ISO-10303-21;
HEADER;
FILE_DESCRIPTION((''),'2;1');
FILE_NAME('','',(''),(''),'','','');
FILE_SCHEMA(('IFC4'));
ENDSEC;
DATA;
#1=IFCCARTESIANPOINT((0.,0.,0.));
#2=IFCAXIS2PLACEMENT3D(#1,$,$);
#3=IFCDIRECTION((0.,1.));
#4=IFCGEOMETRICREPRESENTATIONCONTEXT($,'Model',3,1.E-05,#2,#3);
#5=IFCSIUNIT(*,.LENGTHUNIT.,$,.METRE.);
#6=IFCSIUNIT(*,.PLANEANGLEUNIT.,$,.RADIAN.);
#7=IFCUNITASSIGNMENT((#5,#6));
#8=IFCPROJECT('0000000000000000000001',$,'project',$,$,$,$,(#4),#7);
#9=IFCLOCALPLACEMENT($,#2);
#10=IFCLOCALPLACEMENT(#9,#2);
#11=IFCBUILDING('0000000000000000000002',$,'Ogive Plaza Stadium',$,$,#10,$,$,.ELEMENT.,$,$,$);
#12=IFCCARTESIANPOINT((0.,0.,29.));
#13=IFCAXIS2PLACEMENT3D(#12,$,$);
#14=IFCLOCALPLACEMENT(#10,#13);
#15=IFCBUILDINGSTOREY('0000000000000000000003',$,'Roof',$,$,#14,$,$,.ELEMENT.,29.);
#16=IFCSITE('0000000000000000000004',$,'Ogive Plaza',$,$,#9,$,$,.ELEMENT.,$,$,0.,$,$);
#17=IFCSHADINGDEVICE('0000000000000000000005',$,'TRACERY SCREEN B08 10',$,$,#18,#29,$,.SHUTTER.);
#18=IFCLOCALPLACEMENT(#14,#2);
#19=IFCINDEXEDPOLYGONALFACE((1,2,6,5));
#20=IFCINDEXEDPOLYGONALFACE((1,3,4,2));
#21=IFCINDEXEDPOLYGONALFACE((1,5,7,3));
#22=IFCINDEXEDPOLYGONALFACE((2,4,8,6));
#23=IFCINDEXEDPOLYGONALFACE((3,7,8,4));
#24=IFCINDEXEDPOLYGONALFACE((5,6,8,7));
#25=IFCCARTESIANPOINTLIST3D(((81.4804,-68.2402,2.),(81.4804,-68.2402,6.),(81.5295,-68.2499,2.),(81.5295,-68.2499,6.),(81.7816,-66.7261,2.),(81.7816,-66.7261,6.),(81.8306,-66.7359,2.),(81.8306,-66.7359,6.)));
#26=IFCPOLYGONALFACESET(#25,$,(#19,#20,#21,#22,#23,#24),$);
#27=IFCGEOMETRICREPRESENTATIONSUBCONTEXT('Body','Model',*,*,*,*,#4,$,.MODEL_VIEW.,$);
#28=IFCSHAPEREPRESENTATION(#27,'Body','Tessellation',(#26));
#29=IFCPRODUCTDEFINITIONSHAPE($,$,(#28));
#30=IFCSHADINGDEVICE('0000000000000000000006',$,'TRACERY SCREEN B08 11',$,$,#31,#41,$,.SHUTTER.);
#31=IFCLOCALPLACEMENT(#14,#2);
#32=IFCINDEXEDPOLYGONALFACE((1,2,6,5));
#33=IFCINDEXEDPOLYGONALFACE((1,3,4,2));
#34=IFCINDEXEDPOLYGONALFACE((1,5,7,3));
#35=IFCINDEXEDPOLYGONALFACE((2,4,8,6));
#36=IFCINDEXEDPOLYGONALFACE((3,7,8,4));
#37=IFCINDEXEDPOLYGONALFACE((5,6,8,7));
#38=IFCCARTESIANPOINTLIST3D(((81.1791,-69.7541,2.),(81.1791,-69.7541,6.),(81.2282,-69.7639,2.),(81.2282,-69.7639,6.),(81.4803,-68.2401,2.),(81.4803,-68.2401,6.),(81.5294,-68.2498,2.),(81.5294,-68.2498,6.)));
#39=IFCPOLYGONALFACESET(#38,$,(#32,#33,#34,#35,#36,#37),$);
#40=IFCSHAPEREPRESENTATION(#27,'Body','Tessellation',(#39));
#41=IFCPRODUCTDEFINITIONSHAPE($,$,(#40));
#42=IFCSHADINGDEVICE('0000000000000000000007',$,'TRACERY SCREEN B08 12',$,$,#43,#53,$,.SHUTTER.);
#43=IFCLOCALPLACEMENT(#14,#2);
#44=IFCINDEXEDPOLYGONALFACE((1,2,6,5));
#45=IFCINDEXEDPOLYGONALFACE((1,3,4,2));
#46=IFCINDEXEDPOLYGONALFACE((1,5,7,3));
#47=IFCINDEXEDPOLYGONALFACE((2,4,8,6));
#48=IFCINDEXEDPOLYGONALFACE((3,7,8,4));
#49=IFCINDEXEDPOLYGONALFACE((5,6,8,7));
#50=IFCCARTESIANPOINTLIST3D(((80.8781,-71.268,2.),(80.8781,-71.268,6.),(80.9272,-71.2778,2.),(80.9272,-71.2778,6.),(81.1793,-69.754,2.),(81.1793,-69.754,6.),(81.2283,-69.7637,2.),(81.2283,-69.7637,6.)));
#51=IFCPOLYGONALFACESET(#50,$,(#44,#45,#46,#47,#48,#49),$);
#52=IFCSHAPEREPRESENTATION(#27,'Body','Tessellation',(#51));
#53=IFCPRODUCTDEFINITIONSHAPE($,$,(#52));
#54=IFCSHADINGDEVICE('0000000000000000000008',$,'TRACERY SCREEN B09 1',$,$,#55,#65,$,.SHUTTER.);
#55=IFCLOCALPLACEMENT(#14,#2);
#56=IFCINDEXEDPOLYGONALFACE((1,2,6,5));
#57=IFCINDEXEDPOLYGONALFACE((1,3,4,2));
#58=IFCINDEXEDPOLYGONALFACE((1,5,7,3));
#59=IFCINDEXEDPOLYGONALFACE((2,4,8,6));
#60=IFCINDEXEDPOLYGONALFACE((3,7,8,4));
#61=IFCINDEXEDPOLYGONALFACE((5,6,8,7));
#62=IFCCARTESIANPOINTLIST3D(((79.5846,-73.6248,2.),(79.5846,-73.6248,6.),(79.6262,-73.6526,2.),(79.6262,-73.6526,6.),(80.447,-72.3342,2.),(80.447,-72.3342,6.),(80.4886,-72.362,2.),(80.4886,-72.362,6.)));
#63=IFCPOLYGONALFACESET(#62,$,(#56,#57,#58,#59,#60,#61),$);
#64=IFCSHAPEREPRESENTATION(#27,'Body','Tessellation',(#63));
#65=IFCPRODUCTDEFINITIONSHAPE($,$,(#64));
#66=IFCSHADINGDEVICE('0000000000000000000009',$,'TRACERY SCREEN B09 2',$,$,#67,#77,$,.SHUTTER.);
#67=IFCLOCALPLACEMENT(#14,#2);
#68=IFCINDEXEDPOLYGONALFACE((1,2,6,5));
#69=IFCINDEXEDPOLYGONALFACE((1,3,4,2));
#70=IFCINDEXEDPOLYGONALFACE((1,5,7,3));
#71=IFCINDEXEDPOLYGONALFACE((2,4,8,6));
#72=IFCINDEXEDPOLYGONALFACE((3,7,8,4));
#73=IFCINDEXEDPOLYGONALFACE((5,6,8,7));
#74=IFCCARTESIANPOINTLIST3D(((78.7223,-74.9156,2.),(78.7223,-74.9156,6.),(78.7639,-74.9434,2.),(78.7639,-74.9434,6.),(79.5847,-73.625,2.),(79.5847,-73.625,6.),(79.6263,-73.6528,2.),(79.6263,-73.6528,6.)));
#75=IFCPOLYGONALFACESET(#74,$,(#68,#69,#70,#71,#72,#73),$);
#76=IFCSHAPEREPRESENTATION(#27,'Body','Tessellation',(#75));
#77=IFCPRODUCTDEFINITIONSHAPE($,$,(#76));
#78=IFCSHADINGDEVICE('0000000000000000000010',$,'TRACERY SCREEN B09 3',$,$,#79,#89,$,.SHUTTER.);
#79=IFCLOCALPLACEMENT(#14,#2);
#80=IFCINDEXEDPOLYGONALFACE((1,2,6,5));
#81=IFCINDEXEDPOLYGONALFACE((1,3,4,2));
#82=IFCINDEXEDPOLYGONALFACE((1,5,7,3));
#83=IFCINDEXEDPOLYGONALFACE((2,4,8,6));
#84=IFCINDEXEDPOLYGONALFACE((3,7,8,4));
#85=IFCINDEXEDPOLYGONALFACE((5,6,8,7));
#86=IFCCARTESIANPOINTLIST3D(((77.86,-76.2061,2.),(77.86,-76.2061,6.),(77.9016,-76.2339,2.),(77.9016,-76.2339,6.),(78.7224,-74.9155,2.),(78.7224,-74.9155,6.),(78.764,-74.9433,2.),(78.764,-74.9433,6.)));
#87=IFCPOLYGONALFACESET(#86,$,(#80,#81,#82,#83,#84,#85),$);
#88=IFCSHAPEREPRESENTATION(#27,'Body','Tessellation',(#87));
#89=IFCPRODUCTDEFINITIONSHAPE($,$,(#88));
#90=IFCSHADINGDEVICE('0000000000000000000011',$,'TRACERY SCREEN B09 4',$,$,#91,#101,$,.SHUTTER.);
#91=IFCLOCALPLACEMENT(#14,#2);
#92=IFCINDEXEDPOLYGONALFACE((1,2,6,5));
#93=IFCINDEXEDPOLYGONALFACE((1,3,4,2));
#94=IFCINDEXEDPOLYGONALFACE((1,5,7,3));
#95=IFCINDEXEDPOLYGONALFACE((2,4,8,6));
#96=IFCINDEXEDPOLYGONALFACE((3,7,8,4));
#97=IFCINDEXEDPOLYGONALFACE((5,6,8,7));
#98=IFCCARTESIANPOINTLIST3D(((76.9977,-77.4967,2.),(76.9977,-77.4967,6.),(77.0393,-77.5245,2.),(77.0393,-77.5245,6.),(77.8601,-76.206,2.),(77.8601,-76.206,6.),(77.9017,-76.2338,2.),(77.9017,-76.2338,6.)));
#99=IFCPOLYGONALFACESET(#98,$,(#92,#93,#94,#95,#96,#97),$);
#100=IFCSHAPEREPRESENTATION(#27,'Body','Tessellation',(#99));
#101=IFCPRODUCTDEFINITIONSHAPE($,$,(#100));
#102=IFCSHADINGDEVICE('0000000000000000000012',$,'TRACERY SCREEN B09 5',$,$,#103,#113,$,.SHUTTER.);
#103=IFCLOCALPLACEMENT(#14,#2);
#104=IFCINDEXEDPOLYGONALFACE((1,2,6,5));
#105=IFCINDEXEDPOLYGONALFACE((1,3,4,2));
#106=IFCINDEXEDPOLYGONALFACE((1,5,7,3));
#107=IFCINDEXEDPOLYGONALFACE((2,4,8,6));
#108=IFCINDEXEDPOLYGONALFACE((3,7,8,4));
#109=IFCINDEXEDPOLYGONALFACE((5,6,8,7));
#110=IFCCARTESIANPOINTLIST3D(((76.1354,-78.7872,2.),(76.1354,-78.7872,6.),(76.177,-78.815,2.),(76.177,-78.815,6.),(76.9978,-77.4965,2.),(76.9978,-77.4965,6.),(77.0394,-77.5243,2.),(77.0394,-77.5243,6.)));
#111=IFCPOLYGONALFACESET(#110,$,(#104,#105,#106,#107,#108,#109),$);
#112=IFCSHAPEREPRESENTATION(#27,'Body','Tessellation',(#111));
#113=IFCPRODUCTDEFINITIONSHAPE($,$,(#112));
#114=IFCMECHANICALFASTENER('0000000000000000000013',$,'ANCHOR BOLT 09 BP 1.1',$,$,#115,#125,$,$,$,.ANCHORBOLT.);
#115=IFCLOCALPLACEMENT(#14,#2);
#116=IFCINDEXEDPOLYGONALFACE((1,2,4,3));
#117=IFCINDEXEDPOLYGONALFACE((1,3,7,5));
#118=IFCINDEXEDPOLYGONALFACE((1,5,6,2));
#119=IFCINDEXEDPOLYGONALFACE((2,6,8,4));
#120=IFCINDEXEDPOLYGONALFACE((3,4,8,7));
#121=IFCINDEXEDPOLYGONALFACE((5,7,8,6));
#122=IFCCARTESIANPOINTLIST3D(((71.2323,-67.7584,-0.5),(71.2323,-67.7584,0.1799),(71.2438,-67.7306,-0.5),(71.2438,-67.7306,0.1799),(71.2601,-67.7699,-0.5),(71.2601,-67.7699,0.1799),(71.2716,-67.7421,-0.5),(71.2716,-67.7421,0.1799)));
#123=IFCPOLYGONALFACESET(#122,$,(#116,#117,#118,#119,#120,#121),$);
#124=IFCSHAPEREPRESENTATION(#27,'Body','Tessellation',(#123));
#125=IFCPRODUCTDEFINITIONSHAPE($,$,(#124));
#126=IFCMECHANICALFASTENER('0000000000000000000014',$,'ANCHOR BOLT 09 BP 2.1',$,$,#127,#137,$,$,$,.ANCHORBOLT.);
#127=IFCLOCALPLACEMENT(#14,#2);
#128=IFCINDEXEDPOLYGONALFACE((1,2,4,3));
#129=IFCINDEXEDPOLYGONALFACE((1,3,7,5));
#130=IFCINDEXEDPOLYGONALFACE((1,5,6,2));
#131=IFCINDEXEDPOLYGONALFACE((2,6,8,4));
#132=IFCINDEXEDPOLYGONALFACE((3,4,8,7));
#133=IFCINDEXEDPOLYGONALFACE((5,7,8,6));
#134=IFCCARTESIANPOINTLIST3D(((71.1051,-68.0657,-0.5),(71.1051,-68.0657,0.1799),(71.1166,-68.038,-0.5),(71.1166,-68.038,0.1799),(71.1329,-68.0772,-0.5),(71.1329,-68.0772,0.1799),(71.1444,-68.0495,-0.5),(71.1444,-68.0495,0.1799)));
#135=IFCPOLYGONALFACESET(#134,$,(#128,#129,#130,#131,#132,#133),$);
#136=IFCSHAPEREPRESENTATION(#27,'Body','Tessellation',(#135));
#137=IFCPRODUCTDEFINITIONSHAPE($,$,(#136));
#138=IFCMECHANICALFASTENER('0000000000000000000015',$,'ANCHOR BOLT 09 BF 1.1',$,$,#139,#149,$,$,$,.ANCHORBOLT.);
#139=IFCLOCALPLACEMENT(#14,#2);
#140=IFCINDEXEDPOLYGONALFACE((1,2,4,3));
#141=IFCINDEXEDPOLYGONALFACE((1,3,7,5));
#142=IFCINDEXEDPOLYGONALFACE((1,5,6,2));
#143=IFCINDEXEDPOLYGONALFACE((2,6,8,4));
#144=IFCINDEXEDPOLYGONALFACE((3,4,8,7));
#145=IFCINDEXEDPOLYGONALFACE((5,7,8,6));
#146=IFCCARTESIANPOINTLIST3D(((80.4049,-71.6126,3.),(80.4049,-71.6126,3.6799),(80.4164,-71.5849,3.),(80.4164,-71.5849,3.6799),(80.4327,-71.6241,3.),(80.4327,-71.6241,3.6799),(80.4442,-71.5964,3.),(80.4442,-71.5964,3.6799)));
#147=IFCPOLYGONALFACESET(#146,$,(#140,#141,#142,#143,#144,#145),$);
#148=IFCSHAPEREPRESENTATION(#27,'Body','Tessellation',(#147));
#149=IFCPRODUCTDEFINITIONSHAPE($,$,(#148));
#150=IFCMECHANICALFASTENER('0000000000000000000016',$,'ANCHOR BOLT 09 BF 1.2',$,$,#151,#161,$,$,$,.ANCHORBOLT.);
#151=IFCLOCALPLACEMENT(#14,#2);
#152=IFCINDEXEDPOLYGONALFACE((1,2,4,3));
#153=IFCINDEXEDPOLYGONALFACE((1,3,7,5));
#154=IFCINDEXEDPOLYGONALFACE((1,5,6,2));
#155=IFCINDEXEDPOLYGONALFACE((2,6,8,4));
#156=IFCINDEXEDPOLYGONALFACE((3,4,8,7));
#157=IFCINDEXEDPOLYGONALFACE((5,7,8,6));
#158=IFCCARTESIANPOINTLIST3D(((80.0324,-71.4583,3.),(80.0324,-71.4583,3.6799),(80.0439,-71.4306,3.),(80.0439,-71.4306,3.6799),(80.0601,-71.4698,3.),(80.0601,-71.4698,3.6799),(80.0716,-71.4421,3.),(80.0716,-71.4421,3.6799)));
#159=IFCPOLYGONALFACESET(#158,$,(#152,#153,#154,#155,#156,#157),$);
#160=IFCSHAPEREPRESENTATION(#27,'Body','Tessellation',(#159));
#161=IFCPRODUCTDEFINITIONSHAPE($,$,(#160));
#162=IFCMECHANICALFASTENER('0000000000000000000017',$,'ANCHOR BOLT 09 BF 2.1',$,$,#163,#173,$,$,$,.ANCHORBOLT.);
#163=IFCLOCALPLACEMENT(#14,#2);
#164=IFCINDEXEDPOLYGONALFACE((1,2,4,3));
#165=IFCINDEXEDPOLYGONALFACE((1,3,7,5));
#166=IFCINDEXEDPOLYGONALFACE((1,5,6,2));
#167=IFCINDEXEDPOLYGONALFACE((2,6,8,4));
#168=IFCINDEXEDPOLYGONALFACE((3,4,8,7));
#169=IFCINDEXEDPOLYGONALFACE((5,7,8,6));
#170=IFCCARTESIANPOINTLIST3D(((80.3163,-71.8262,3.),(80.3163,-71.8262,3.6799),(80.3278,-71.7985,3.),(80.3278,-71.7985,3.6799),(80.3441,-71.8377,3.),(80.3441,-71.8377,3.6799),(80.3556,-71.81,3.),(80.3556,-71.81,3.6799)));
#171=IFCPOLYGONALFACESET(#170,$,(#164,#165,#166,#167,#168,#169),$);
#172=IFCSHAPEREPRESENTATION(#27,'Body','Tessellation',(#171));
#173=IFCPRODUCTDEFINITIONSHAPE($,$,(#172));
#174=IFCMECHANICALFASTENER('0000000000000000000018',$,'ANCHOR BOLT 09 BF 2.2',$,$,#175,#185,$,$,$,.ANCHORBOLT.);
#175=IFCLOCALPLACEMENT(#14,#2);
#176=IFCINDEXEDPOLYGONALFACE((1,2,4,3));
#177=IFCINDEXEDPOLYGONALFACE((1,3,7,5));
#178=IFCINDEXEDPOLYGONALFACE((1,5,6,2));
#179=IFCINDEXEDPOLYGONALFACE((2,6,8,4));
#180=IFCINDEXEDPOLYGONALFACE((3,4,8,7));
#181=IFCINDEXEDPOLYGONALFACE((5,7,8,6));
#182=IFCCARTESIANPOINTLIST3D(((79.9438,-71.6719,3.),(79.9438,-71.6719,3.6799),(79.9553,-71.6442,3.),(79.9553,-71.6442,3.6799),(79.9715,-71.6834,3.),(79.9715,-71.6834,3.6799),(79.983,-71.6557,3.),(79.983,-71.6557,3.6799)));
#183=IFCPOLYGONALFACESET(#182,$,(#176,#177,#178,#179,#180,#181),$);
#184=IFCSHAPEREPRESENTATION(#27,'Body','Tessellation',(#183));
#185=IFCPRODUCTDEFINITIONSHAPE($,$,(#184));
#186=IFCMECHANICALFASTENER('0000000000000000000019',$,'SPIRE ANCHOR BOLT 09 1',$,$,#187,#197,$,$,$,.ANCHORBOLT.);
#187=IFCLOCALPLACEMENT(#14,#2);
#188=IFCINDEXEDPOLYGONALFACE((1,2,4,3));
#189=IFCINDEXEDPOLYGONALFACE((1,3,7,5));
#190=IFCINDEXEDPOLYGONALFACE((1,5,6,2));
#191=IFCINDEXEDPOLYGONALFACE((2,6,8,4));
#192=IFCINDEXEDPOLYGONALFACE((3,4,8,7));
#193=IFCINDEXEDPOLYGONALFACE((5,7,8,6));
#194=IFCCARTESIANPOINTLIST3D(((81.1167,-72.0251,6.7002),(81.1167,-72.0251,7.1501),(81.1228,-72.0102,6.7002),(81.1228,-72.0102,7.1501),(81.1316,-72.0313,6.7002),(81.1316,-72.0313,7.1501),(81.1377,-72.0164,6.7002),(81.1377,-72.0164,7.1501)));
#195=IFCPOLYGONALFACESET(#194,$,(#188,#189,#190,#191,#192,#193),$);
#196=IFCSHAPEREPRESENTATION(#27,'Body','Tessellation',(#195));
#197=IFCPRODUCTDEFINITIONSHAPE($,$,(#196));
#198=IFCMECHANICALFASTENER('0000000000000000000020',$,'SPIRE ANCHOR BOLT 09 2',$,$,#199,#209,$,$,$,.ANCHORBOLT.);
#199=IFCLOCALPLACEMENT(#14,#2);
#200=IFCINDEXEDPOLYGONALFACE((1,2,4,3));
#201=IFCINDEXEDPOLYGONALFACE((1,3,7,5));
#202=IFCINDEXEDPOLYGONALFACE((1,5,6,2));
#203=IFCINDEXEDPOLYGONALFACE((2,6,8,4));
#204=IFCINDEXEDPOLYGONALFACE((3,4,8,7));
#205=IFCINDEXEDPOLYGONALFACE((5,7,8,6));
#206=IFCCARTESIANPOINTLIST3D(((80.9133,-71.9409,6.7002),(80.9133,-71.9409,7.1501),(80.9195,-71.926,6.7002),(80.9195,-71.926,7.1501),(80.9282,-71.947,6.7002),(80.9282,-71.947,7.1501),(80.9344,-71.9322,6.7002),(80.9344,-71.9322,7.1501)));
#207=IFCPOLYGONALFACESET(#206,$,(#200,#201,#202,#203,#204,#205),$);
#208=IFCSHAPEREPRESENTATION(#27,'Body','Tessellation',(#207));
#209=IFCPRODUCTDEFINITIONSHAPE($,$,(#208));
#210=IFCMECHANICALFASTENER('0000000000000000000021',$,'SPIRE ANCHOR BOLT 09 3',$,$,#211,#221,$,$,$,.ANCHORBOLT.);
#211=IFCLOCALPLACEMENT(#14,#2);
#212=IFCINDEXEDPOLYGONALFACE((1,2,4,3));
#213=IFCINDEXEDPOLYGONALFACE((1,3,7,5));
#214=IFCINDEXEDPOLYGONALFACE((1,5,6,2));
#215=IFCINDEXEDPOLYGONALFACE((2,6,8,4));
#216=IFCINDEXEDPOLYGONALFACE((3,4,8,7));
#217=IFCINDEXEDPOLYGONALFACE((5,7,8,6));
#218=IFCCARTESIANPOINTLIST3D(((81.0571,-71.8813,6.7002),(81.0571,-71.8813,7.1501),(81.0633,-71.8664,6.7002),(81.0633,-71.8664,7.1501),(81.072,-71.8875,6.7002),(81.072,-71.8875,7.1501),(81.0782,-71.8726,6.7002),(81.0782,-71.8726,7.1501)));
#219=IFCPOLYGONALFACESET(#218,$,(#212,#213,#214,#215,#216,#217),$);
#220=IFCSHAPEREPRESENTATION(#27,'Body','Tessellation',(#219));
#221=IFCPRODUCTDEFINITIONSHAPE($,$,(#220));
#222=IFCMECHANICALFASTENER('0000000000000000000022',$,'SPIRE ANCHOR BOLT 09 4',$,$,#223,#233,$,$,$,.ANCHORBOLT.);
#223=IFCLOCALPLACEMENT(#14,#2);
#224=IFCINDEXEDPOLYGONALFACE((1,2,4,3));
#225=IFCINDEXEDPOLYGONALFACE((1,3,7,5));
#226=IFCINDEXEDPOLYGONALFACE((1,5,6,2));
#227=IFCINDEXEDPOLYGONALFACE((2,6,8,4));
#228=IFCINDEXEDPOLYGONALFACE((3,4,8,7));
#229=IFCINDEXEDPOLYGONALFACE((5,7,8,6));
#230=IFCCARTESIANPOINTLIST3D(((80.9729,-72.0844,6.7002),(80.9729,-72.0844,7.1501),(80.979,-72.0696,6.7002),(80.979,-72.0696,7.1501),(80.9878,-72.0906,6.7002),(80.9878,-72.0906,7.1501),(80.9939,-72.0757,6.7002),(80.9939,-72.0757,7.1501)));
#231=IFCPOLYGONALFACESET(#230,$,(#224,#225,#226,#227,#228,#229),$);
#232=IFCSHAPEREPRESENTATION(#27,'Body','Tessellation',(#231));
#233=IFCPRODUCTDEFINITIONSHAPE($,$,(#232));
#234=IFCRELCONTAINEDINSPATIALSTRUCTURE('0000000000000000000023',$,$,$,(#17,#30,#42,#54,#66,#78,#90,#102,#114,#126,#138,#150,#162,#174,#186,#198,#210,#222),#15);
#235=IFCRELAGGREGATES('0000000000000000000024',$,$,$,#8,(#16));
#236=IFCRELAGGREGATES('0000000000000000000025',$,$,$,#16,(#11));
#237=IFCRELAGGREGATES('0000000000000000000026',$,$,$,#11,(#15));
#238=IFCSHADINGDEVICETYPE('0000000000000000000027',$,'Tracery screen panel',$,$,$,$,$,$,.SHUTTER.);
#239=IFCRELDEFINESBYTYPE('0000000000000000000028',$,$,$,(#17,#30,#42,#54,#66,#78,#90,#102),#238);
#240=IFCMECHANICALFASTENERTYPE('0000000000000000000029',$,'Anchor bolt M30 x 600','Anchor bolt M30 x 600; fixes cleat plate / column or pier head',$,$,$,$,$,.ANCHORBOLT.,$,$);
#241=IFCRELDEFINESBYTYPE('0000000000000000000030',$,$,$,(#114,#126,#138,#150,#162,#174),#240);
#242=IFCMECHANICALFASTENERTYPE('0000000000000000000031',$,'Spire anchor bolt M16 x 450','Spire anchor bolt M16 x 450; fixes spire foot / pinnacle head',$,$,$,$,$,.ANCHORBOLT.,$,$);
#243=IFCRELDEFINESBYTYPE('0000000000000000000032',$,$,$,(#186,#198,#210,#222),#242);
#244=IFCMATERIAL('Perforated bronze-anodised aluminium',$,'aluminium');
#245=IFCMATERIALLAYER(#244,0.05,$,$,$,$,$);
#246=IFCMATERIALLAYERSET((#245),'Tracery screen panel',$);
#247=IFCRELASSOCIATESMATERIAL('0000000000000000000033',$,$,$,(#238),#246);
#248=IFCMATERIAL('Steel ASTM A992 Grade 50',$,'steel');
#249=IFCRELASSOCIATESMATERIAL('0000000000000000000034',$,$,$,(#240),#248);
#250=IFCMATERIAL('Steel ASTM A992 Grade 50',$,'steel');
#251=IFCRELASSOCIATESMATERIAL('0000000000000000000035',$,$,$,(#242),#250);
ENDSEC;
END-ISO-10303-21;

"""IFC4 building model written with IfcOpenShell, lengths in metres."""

from ifc_helpers import new_model, si_unit, direction, frame, origin, origin_2d, place, context, subcontext, project, spatial, rectangle, extrude, material, layer, layer_set, type_object, element, save


model = new_model("IFC4")

# Units and contexts
model_context = context("Model", 3, precision=1e-05, world=origin(), true_north=direction((0.0, 1.0)))
body_context = subcontext(model_context, "Body", "Model", "MODEL_VIEW")
ifc_project = project(units=[si_unit("LENGTHUNIT", "METRE"), si_unit("PLANEANGLEUNIT", "RADIAN")], contexts=[model_context])

# Site, building, storey
site_placement = place(None, origin())
site = spatial("IfcSite", under=ifc_project, at=site_placement, Name="Ogive Plaza", CompositionType="ELEMENT", RefElevation=0.0)
building_placement = place(site_placement, origin())
building = spatial("IfcBuilding", under=site, at=building_placement, Name="Ogive Plaza Stadium", CompositionType="ELEMENT")
storey_placement = place(building_placement, frame((0.0, 0.0, 29.0)))
storey = spatial("IfcBuildingStorey", under=building, at=storey_placement, Name="Roof", CompositionType="ELEMENT", Elevation=29.0)

# Shading devices
ifc_material_1 = material(Name="Perforated bronze-anodised aluminium", Category="aluminium")
ifc_layer_1 = layer(ifc_material_1, 0.05)
ifc_layer_set_1 = layer_set([ifc_layer_1], Name="Tracery screen panel")
shading_device_type = type_object("IfcShadingDeviceType", Name="Tracery screen panel", PredefinedType="SHUTTER", material=ifc_layer_set_1)
for number, where, z_axis, x_axis, name in (
    (1, (81.6555, -67.488, 2.0), (0.0, 0.0, 1.0), (-0.19509, -0.980785, 0.0), "TRACERY SCREEN B08 10"),
    (2, (81.3542, -69.002, 2.0), (0.0, 0.0, 1.0), (-0.19509, -0.980785, 0.0), "TRACERY SCREEN B08 11"),
    (3, (81.0532, -70.5159, 2.0), (0.0, 0.0, 1.0), (-0.19509, -0.980785, 0.0), "TRACERY SCREEN B08 12"),
):
    element("IfcShadingDevice", number, at=place(storey_placement, frame(where, z_axis=z_axis, x_axis=x_axis)), inside=storey, type_object=shading_device_type, Name=name, PredefinedType="SHUTTER", context=body_context, shape_type="SweptSolid", body=[
        extrude(rectangle(XDim=1.5437, YDim=0.05, at=origin_2d()), origin(), (0.0, 0.0, 1.0), 4.0),
    ])
for number, where, z_axis, x_axis, name in (
    (4, (80.0366, -72.9934, 2.0), (0.0, 0.0, 1.0), (-0.55557, -0.83147, 0.0), "TRACERY SCREEN B09 1"),
    (5, (79.1743, -74.2842, 2.0), (0.0, 0.0, 1.0), (-0.55557, -0.83147, 0.0), "TRACERY SCREEN B09 2"),
    (6, (78.312, -75.5747, 2.0), (0.0, 0.0, 1.0), (-0.55557, -0.83147, 0.0), "TRACERY SCREEN B09 3"),
    (7, (77.4497, -76.8652, 2.0), (0.0, 0.0, 1.0), (-0.55557, -0.83147, 0.0), "TRACERY SCREEN B09 4"),
    (8, (76.5874, -78.1558, 2.0), (0.0, 0.0, 1.0), (-0.55557, -0.83147, 0.0), "TRACERY SCREEN B09 5"),
):
    element("IfcShadingDevice", number, at=place(storey_placement, frame(where, z_axis=z_axis, x_axis=x_axis)), inside=storey, type_object=shading_device_type, Name=name, PredefinedType="SHUTTER", context=body_context, shape_type="SweptSolid", body=[
        extrude(rectangle(XDim=1.5522, YDim=0.05, at=origin_2d()), origin(), (0.0, 0.0, 1.0), 4.0),
    ])

# Mechanical fasteners
ifc_material_2 = material(Name="Steel ASTM A992 Grade 50", Category="steel")
mechanical_fastener_type_1 = type_object("IfcMechanicalFastenerType", Name="Anchor bolt M30 x 600", Description="Anchor bolt M30 x 600; fixes cleat plate / column or pier head", PredefinedType="ANCHORBOLT", material=ifc_material_2)
for number, where, z_axis, x_axis, name in (
    (9, (71.252, -67.7502, -0.5), (0.0, 0.0, 1.0), (0.92388, -0.382683, 0.0), "ANCHOR BOLT 09 BP 1.1"),
    (10, (71.1248, -68.0576, -0.5), (0.0, 0.0, 1.0), (0.92388, -0.382683, 0.0), "ANCHOR BOLT 09 BP 2.1"),
    (11, (80.4246, -71.6045, 3.0), (0.0, 0.0, 1.0), (0.92388, -0.382683, 0.0), "ANCHOR BOLT 09 BF 1.1"),
    (12, (80.052, -71.4502, 3.0), (0.0, 0.0, 1.0), (0.92388, -0.382683, 0.0), "ANCHOR BOLT 09 BF 1.2"),
    (13, (80.3359, -71.8181, 3.0), (0.0, 0.0, 1.0), (0.92388, -0.382683, 0.0), "ANCHOR BOLT 09 BF 2.1"),
    (14, (79.9634, -71.6638, 3.0), (0.0, 0.0, 1.0), (0.92388, -0.382683, 0.0), "ANCHOR BOLT 09 BF 2.2"),
):
    element("IfcMechanicalFastener", number, at=place(storey_placement, frame(where, z_axis=z_axis, x_axis=x_axis)), inside=storey, type_object=mechanical_fastener_type_1, Name=name, PredefinedType="ANCHORBOLT", context=body_context, shape_type="SweptSolid", body=[
        extrude(rectangle(XDim=0.03, YDim=0.03, at=origin_2d()), origin(), (0.0, 0.0, 1.0), 0.6799),
    ])
ifc_material_3 = material(Name="Steel ASTM A992 Grade 50", Category="steel")
mechanical_fastener_type_2 = type_object("IfcMechanicalFastenerType", Name="Spire anchor bolt M16 x 450", Description="Spire anchor bolt M16 x 450; fixes spire foot / pinnacle head", PredefinedType="ANCHORBOLT", material=ifc_material_3)
for number, where, z_axis, x_axis, name in (
    (15, (81.1272, -72.0208, 6.7002), (0.0, 0.0, 1.0), (0.92388, -0.382683, 0.0), "SPIRE ANCHOR BOLT 09 1"),
    (16, (80.9238, -71.9365, 6.7002), (0.0, 0.0, 1.0), (0.92388, -0.382683, 0.0), "SPIRE ANCHOR BOLT 09 2"),
    (17, (81.0676, -71.877, 6.7002), (0.0, 0.0, 1.0), (0.92388, -0.382683, 0.0), "SPIRE ANCHOR BOLT 09 3"),
    (18, (80.9834, -72.0801, 6.7002), (0.0, 0.0, 1.0), (0.92388, -0.382683, 0.0), "SPIRE ANCHOR BOLT 09 4"),
):
    element("IfcMechanicalFastener", number, at=place(storey_placement, frame(where, z_axis=z_axis, x_axis=x_axis)), inside=storey, type_object=mechanical_fastener_type_2, Name=name, PredefinedType="ANCHORBOLT", context=body_context, shape_type="SweptSolid", body=[
        extrude(rectangle(XDim=0.0161, YDim=0.0161, at=origin_2d()), origin(), (0.0, 0.0, 1.0), 0.45),
    ])

save(model, "model.ifc")
